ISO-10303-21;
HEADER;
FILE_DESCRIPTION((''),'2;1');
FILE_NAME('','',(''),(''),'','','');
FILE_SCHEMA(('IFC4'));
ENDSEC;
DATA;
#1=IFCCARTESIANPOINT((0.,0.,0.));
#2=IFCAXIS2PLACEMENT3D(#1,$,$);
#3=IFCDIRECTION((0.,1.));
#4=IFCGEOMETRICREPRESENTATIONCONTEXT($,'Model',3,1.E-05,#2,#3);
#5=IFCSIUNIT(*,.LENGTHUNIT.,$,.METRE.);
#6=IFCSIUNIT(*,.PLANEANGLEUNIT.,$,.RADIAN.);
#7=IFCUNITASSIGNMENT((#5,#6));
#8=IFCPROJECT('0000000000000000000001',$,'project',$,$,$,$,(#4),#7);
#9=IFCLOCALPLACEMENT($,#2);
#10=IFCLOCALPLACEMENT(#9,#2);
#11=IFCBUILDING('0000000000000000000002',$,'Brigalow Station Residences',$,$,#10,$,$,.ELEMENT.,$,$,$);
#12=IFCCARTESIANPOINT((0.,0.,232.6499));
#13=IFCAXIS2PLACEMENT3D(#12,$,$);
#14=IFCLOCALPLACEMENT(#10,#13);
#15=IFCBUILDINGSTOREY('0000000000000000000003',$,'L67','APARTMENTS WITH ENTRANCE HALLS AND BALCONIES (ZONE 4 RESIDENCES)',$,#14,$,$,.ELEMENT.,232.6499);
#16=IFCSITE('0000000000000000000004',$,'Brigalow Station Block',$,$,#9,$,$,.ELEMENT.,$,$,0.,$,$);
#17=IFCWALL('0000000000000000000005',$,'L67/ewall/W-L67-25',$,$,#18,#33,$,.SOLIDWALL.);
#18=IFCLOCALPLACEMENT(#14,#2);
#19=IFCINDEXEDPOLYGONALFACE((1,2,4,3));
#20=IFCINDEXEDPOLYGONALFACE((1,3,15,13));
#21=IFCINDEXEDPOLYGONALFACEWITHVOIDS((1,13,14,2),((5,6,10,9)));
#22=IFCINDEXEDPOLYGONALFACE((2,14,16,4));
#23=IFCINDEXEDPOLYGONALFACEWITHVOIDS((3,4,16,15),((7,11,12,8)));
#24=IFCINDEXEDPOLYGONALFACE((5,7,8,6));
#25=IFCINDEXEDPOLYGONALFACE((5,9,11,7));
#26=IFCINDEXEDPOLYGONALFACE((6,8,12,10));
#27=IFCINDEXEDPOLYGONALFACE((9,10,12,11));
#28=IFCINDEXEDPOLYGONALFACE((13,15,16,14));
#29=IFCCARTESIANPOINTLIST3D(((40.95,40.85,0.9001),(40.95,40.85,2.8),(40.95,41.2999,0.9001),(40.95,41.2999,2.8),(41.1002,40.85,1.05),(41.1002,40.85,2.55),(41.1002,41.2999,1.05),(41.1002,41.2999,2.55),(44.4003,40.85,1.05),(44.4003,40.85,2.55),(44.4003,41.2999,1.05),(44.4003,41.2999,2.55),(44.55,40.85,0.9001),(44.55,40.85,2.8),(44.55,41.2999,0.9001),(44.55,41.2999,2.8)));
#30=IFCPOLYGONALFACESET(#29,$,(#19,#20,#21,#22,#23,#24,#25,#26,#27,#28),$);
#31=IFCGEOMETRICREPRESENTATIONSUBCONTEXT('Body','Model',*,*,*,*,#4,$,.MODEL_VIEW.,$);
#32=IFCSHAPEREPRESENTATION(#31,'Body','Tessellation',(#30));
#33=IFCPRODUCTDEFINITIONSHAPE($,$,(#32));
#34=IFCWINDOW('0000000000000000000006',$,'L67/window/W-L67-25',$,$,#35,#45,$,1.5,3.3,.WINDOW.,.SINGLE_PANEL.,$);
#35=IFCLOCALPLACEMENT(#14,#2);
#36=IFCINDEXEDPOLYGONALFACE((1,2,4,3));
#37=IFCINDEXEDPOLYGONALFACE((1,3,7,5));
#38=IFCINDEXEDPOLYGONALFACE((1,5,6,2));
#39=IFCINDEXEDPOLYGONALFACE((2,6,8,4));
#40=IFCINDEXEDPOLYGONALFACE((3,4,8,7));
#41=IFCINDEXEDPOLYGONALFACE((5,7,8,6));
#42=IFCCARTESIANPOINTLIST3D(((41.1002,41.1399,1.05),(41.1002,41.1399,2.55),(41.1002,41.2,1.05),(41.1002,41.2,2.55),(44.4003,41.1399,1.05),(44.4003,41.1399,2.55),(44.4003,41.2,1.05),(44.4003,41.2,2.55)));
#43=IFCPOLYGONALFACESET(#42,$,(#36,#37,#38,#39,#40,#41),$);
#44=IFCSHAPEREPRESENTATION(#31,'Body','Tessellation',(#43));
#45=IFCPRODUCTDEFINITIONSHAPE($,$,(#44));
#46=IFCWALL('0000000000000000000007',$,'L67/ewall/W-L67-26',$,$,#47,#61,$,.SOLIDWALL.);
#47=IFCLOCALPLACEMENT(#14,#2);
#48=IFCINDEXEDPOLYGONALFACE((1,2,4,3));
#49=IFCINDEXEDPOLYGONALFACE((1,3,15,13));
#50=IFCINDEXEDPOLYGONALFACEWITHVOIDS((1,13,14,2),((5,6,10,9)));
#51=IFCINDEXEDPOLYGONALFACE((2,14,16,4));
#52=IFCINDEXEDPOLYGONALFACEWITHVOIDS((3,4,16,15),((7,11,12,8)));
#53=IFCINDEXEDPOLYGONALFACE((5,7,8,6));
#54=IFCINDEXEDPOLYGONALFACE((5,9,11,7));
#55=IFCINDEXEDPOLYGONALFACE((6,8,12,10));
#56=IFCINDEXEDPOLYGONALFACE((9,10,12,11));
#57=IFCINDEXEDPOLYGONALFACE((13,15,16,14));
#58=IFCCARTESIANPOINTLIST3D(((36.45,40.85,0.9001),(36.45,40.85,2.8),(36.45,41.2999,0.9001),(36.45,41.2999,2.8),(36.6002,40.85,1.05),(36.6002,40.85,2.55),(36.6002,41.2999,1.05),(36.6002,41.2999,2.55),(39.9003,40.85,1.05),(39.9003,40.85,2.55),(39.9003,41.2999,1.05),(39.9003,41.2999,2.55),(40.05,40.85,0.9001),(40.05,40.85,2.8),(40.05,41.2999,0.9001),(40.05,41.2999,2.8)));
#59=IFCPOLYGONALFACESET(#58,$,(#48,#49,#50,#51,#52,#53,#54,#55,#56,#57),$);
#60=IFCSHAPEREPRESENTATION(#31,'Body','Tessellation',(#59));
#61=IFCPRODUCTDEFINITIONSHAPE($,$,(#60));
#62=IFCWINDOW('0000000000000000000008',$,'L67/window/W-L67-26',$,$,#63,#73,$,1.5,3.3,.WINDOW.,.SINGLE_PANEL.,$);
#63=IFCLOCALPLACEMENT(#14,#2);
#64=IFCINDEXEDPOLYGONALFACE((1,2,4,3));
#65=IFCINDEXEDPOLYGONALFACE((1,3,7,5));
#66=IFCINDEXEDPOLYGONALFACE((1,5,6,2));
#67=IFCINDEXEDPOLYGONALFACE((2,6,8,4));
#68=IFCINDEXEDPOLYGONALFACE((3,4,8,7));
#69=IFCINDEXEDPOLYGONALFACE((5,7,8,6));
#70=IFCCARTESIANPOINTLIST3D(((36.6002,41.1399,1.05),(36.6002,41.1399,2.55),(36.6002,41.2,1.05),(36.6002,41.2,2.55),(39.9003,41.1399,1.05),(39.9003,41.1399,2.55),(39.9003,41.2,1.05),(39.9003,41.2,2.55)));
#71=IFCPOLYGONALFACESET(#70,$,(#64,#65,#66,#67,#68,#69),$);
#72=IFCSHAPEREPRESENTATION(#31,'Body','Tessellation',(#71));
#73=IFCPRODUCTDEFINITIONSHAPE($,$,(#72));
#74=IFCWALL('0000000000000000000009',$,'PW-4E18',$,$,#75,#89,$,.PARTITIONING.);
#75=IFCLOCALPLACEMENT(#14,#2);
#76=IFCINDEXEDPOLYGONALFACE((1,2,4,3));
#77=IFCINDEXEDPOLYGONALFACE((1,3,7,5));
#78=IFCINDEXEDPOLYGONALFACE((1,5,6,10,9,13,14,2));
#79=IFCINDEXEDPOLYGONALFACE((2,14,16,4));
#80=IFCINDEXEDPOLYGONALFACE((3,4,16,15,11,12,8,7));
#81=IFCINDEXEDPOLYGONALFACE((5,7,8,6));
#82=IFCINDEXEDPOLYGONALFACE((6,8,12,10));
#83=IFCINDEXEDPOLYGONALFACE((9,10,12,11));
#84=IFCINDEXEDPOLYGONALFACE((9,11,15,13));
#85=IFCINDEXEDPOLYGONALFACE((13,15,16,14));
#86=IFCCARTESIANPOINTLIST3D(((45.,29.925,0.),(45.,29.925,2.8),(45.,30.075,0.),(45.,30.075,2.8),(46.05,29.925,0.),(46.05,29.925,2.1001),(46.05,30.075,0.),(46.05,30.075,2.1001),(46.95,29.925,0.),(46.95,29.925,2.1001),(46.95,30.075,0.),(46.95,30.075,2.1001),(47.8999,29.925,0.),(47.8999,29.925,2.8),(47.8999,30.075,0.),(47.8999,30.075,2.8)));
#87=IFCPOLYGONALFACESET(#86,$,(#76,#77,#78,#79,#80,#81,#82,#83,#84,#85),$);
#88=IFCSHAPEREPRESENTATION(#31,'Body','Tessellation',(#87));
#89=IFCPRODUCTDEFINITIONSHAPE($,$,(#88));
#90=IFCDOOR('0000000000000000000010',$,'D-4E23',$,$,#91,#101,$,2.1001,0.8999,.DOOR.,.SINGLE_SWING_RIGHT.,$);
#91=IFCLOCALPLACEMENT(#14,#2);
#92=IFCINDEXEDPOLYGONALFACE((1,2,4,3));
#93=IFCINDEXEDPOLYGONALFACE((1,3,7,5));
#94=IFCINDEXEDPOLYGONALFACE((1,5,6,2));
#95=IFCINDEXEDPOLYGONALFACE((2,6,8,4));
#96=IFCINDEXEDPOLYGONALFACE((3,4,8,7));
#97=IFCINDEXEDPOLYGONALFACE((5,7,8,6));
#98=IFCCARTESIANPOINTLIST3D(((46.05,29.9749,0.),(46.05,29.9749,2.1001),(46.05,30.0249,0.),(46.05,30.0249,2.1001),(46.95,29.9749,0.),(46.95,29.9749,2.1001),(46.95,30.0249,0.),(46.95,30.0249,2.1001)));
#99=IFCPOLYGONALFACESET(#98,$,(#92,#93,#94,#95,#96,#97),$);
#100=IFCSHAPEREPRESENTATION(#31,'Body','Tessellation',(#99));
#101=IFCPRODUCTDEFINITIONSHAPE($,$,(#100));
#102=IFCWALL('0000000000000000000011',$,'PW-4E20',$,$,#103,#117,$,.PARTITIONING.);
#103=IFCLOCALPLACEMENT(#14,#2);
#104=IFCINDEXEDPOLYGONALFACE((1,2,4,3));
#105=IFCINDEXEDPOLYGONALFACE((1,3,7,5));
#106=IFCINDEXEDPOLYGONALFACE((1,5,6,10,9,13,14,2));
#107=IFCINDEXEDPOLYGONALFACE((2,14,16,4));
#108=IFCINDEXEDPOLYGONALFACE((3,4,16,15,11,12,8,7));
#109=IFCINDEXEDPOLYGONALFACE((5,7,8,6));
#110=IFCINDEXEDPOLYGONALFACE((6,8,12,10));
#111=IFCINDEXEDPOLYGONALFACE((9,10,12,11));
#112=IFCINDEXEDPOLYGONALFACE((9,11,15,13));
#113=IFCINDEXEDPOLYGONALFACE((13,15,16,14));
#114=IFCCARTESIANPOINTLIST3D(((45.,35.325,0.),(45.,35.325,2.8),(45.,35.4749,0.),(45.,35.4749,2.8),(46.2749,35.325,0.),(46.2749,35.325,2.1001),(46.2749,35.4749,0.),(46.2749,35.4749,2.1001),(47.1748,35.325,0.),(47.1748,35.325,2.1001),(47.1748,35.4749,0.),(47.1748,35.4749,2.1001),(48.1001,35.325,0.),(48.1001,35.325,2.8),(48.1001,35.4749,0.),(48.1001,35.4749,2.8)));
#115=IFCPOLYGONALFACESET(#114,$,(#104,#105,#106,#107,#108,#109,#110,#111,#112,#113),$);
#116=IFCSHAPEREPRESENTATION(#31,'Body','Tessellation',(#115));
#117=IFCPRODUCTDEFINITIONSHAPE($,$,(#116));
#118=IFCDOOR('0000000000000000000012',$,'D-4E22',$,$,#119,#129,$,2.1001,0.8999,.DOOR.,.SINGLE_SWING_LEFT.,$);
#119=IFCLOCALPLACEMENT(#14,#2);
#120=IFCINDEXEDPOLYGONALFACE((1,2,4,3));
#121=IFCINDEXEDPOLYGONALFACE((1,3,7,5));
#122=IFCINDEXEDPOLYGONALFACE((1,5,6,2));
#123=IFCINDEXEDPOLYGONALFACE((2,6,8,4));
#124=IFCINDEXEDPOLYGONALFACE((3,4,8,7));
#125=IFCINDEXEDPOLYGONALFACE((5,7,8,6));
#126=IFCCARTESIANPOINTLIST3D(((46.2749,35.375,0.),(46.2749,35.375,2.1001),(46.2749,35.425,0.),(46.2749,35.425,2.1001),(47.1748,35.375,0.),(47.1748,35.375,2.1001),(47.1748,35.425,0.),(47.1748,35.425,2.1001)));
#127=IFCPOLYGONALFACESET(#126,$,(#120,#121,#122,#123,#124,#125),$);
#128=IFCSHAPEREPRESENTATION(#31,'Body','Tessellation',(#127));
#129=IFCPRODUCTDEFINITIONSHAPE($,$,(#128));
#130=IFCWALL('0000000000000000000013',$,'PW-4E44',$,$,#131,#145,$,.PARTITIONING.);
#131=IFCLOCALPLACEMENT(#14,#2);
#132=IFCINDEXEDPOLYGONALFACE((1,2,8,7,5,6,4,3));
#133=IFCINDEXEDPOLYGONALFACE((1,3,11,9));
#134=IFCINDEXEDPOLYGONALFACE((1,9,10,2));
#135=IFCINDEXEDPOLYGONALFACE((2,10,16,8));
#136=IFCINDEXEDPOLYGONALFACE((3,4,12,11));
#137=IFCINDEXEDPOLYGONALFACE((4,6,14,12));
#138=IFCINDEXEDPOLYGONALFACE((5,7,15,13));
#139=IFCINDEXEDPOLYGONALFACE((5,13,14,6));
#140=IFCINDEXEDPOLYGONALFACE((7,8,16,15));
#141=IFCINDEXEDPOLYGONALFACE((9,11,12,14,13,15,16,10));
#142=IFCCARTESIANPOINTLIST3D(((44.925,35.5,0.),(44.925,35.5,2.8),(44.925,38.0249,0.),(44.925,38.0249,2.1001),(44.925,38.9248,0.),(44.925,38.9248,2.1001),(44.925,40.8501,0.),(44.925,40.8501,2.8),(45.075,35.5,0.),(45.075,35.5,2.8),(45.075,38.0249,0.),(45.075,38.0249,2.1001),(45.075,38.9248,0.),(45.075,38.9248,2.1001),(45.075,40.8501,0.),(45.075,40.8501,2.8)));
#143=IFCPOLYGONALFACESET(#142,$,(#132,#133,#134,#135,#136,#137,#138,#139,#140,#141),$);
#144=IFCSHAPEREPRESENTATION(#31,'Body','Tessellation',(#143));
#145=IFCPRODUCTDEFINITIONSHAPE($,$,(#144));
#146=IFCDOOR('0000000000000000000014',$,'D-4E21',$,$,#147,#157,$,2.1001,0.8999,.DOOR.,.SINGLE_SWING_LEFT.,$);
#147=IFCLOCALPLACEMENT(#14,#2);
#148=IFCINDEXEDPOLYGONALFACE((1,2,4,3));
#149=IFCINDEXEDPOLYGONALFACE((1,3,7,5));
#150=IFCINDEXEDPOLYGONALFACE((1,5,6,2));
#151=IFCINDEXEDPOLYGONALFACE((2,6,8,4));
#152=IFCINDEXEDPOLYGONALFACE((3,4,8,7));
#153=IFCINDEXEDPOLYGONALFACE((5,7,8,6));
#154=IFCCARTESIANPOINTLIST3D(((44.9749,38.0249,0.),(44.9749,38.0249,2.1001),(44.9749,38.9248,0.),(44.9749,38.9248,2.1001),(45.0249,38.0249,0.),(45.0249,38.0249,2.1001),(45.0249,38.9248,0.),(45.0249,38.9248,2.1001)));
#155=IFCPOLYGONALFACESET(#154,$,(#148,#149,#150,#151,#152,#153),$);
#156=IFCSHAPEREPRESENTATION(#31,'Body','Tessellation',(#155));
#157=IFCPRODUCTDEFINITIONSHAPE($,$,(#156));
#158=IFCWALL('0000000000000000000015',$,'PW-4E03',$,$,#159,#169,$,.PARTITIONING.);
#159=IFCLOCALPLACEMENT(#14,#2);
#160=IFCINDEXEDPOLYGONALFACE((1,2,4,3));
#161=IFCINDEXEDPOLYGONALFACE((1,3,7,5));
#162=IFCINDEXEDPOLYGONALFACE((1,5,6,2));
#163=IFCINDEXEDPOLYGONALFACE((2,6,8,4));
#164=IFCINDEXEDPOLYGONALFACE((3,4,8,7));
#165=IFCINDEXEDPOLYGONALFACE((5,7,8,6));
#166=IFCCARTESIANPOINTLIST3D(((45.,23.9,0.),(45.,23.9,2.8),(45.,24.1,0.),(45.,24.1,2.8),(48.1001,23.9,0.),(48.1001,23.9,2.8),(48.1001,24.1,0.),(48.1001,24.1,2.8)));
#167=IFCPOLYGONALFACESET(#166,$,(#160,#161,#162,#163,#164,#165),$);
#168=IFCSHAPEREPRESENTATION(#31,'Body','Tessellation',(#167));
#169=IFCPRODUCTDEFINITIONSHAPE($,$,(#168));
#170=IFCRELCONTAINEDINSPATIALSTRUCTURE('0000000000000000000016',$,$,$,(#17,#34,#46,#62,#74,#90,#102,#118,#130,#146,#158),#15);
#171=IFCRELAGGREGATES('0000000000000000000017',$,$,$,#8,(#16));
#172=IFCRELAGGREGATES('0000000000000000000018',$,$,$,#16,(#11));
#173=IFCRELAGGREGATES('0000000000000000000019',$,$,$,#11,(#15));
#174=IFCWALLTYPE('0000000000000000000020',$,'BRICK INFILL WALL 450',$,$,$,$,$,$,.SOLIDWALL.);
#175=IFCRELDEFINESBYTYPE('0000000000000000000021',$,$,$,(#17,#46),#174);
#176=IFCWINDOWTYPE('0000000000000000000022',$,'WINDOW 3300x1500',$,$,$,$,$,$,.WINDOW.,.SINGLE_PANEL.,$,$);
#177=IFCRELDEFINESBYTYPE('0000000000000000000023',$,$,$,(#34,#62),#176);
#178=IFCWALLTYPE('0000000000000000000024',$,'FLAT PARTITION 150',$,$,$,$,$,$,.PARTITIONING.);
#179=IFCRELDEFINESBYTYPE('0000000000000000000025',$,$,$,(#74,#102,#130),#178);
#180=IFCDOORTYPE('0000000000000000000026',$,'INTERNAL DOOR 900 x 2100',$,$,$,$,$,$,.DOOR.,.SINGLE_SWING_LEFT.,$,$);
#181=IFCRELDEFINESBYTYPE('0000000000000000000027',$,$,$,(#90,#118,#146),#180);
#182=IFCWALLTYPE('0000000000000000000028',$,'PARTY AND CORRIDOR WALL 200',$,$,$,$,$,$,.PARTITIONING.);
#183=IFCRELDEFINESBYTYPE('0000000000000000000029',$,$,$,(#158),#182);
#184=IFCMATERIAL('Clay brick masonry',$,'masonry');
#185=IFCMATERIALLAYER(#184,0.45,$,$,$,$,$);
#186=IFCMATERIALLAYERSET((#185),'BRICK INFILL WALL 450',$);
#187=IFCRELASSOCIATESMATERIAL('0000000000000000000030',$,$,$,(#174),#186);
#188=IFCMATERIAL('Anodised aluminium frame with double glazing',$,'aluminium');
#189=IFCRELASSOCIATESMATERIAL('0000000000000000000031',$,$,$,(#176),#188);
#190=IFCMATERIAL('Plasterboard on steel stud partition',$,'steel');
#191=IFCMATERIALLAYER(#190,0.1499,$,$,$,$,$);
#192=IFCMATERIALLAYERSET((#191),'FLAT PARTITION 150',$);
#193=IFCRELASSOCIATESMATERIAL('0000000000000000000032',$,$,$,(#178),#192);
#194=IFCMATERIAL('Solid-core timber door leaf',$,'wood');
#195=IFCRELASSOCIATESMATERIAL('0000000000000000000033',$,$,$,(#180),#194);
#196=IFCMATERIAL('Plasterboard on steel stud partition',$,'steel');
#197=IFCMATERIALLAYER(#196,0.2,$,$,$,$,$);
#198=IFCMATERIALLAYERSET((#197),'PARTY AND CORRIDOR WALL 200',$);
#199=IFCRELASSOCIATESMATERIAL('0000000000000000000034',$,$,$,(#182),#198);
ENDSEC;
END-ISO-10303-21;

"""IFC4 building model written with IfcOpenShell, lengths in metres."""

from ifc_helpers import new_model, si_unit, direction, frame, frame_2d, origin, place, context, subcontext, project, spatial, rectangle, extrude, material, layer, layer_set, type_object, element, fill, save


model = new_model("IFC4")

# Units and contexts
model_context = context("Model", 3, precision=1e-05, world=origin(), true_north=direction((0.0, 1.0)))
body_context = subcontext(model_context, "Body", "Model", "MODEL_VIEW")
ifc_project = project(units=[si_unit("LENGTHUNIT", "METRE"), si_unit("PLANEANGLEUNIT", "RADIAN")], contexts=[model_context])

# Site, building, storey
site_placement = place(None, origin())
site = spatial("IfcSite", under=ifc_project, at=site_placement, Name="Brigalow Station Block", CompositionType="ELEMENT", RefElevation=0.0)
building_placement = place(site_placement, origin())
building = spatial("IfcBuilding", under=site, at=building_placement, Name="Brigalow Station Residences", CompositionType="ELEMENT")
storey_placement = place(building_placement, frame((0.0, 0.0, 232.6499)))
storey = spatial("IfcBuildingStorey", under=building, at=storey_placement, Name="L67", Description="APARTMENTS WITH ENTRANCE HALLS AND BALCONIES (ZONE 4 RESIDENCES)", CompositionType="ELEMENT", Elevation=232.6499)

# Walls, openings, windows
ifc_material_1 = material(Name="Clay brick masonry", Category="masonry")
ifc_layer_1 = layer(ifc_material_1, 0.45)
ifc_layer_set_1 = layer_set([ifc_layer_1], Name="BRICK INFILL WALL 450")
wall_type_1 = type_object("IfcWallType", Name="BRICK INFILL WALL 450", PredefinedType="SOLIDWALL", material=ifc_layer_set_1)
wall_1_placement = place(storey_placement, frame((44.55, 41.075, 0.9001), z_axis=(0.0, 0.0, 1.0), x_axis=(-1.0, 0.0, 0.0)))
wall_1 = element("IfcWall", 1, at=wall_1_placement, inside=storey, type_object=wall_type_1, Name="L67/ewall/W-L67-25", PredefinedType="SOLIDWALL", context=body_context, shape_type="SweptSolid", body=[
    extrude(rectangle(XDim=3.6001, YDim=0.45, at=frame_2d((1.8, 0.0))), origin(), (0.0, 0.0, 1.0), 1.8999),
])
opening_1_placement = place(wall_1_placement, frame((0.1499, 0.0, 0.1499)))
opening_1 = element("IfcOpeningElement", 2, at=opening_1_placement, cuts=wall_1, PredefinedType="OPENING", context=body_context, shape_type="SweptSolid", body=[
    extrude(rectangle(XDim=3.3, YDim=1.5, at=frame_2d((1.6499, 0.75))), frame((0.0, 0.2349, 0.0), z_axis=(0.0, -1.0, 0.0), x_axis=(1.0, 0.0, 0.0)), (0.0, 0.0, 1.0), 0.47),
])
ifc_material_2 = material(Name="Anodised aluminium frame with double glazing", Category="aluminium")
window_type = type_object("IfcWindowType", Name="WINDOW 3300x1500", PartitioningType="SINGLE_PANEL", PredefinedType="WINDOW", material=ifc_material_2)
window_1_placement = place(opening_1_placement, origin())
window_1 = element("IfcWindow", 3, at=window_1_placement, inside=storey, type_object=window_type, Name="L67/window/W-L67-25", OverallHeight=1.5, OverallWidth=3.3, PartitioningType="SINGLE_PANEL", PredefinedType="WINDOW", context=body_context, shape_type="SweptSolid", body=[
    extrude(rectangle(XDim=3.3, YDim=1.5, at=frame_2d((1.6499, 0.75))), frame((0.0, -0.0649, 0.0), z_axis=(0.0, -1.0, 0.0), x_axis=(1.0, 0.0, 0.0)), (0.0, 0.0, 1.0), 0.0601),
])
fill(opening_1, window_1)
wall_2_placement = place(storey_placement, frame((40.05, 41.075, 0.9001), z_axis=(0.0, 0.0, 1.0), x_axis=(-1.0, 0.0, 0.0)))
wall_2 = element("IfcWall", 4, at=wall_2_placement, inside=storey, type_object=wall_type_1, Name="L67/ewall/W-L67-26", PredefinedType="SOLIDWALL", context=body_context, shape_type="SweptSolid", body=[
    extrude(rectangle(XDim=3.6001, YDim=0.45, at=frame_2d((1.8, 0.0))), origin(), (0.0, 0.0, 1.0), 1.8999),
])
opening_2_placement = place(wall_2_placement, frame((0.1499, 0.0, 0.1499)))
opening_2 = element("IfcOpeningElement", 5, at=opening_2_placement, cuts=wall_2, PredefinedType="OPENING", context=body_context, shape_type="SweptSolid", body=[
    extrude(rectangle(XDim=3.3, YDim=1.5, at=frame_2d((1.6499, 0.75))), frame((0.0, 0.2349, 0.0), z_axis=(0.0, -1.0, 0.0), x_axis=(1.0, 0.0, 0.0)), (0.0, 0.0, 1.0), 0.47),
])
window_2_placement = place(opening_2_placement, origin())
window_2 = element("IfcWindow", 6, at=window_2_placement, inside=storey, type_object=window_type, Name="L67/window/W-L67-26", OverallHeight=1.5, OverallWidth=3.3, PartitioningType="SINGLE_PANEL", PredefinedType="WINDOW", context=body_context, shape_type="SweptSolid", body=[
    extrude(rectangle(XDim=3.3, YDim=1.5, at=frame_2d((1.6499, 0.75))), frame((0.0, -0.0649, 0.0), z_axis=(0.0, -1.0, 0.0), x_axis=(1.0, 0.0, 0.0)), (0.0, 0.0, 1.0), 0.0601),
])
fill(opening_2, window_2)

# Walls, openings, doors
ifc_material_3 = material(Name="Plasterboard on steel stud partition", Category="steel")
ifc_layer_2 = layer(ifc_material_3, 0.1499)
ifc_layer_set_2 = layer_set([ifc_layer_2], Name="FLAT PARTITION 150")
wall_type_2 = type_object("IfcWallType", Name="FLAT PARTITION 150", PredefinedType="PARTITIONING", material=ifc_layer_set_2)
wall_3_placement = place(storey_placement, frame((45.0, 30.0, 0.0), z_axis=(0.0, 0.0, 1.0), x_axis=(1.0, 0.0, 0.0)))
wall_3 = element("IfcWall", 7, at=wall_3_placement, inside=storey, type_object=wall_type_2, Name="PW-4E18", PredefinedType="PARTITIONING", context=body_context, shape_type="SweptSolid", body=[
    extrude(rectangle(XDim=2.8999, YDim=0.1499, at=frame_2d((1.45, 0.0))), origin(), (0.0, 0.0, 1.0), 2.8),
])
opening_3_placement = place(wall_3_placement, frame((1.05, 0.0, 0.0)))
opening_3 = element("IfcOpeningElement", 8, at=opening_3_placement, cuts=wall_3, PredefinedType="OPENING", context=body_context, shape_type="SweptSolid", body=[
    extrude(rectangle(XDim=0.8999, YDim=2.1001, at=frame_2d((0.45, 1.05))), frame((0.0, 0.085, 0.0), z_axis=(0.0, -1.0, 0.0), x_axis=(1.0, 0.0, 0.0)), (0.0, 0.0, 1.0), 0.1699),
])
ifc_material_4 = material(Name="Solid-core timber door leaf", Category="wood")
door_type = type_object("IfcDoorType", Name="INTERNAL DOOR 900 x 2100", OperationType="SINGLE_SWING_LEFT", PredefinedType="DOOR", material=ifc_material_4)
door_1_placement = place(opening_3_placement, origin())
door_1 = element("IfcDoor", 9, at=door_1_placement, inside=storey, type_object=door_type, Name="D-4E23", OperationType="SINGLE_SWING_RIGHT", OverallHeight=2.1001, OverallWidth=0.8999, PredefinedType="DOOR", context=body_context, shape_type="SweptSolid", body=[
    extrude(rectangle(XDim=0.8999, YDim=2.1001, at=frame_2d((0.45, 1.05))), frame((0.0, 0.0249, 0.0), z_axis=(0.0, -1.0, 0.0), x_axis=(1.0, 0.0, 0.0)), (0.0, 0.0, 1.0), 0.05),
])
fill(opening_3, door_1)
wall_4_placement = place(storey_placement, frame((45.0, 35.3999, 0.0), z_axis=(0.0, 0.0, 1.0), x_axis=(1.0, 0.0, 0.0)))
wall_4 = element("IfcWall", 10, at=wall_4_placement, inside=storey, type_object=wall_type_2, Name="PW-4E20", PredefinedType="PARTITIONING", context=body_context, shape_type="SweptSolid", body=[
    extrude(rectangle(XDim=3.1001, YDim=0.1499, at=frame_2d((1.55, 0.0))), origin(), (0.0, 0.0, 1.0), 2.8),
])
opening_4_placement = place(wall_4_placement, frame((1.2749, 0.0, 0.0)))
opening_4 = element("IfcOpeningElement", 11, at=opening_4_placement, cuts=wall_4, PredefinedType="OPENING", context=body_context, shape_type="SweptSolid", body=[
    extrude(rectangle(XDim=0.8999, YDim=2.1001, at=frame_2d((0.45, 1.05))), frame((0.0, 0.085, 0.0), z_axis=(0.0, -1.0, 0.0), x_axis=(1.0, 0.0, 0.0)), (0.0, 0.0, 1.0), 0.1699),
])
door_2_placement = place(opening_4_placement, frame((0.8999, 0.0, 0.0), z_axis=(0.0, 0.0, 1.0), x_axis=(-1.0, 0.0, 0.0)))
door_2 = element("IfcDoor", 12, at=door_2_placement, inside=storey, type_object=door_type, Name="D-4E22", OperationType="SINGLE_SWING_LEFT", OverallHeight=2.1001, OverallWidth=0.8999, PredefinedType="DOOR", context=body_context, shape_type="SweptSolid", body=[
    extrude(rectangle(XDim=0.8999, YDim=2.1001, at=frame_2d((0.45, 1.05))), frame((0.0, 0.0249, 0.0), z_axis=(0.0, -1.0, 0.0), x_axis=(1.0, 0.0, 0.0)), (0.0, 0.0, 1.0), 0.05),
])
fill(opening_4, door_2)
wall_5_placement = place(storey_placement, frame((45.0, 35.5, 0.0), z_axis=(0.0, 0.0, 1.0), x_axis=(0.0, 1.0, 0.0)))
wall_5 = element("IfcWall", 13, at=wall_5_placement, inside=storey, type_object=wall_type_2, Name="PW-4E44", PredefinedType="PARTITIONING", context=body_context, shape_type="SweptSolid", body=[
    extrude(rectangle(XDim=5.3501, YDim=0.1499, at=frame_2d((2.675, 0.0))), origin(), (0.0, 0.0, 1.0), 2.8),
])
opening_5_placement = place(wall_5_placement, frame((2.5249, 0.0, 0.0)))
opening_5 = element("IfcOpeningElement", 14, at=opening_5_placement, cuts=wall_5, PredefinedType="OPENING", context=body_context, shape_type="SweptSolid", body=[
    extrude(rectangle(XDim=0.8999, YDim=2.1001, at=frame_2d((0.45, 1.05))), frame((0.0, 0.085, 0.0), z_axis=(0.0, -1.0, 0.0), x_axis=(1.0, 0.0, 0.0)), (0.0, 0.0, 1.0), 0.1699),
])
door_3_placement = place(opening_5_placement, frame((0.8999, 0.0, 0.0), z_axis=(0.0, 0.0, 1.0), x_axis=(-1.0, 0.0, 0.0)))
door_3 = element("IfcDoor", 15, at=door_3_placement, inside=storey, type_object=door_type, Name="D-4E21", OperationType="SINGLE_SWING_LEFT", OverallHeight=2.1001, OverallWidth=0.8999, PredefinedType="DOOR", context=body_context, shape_type="SweptSolid", body=[
    extrude(rectangle(XDim=0.8999, YDim=2.1001, at=frame_2d((0.45, 1.05))), frame((0.0, 0.0249, 0.0), z_axis=(0.0, -1.0, 0.0), x_axis=(1.0, 0.0, 0.0)), (0.0, 0.0, 1.0), 0.05),
])
fill(opening_5, door_3)

# Wall
ifc_material_5 = material(Name="Plasterboard on steel stud partition", Category="steel")
ifc_layer_3 = layer(ifc_material_5, 0.2)
ifc_layer_set_3 = layer_set([ifc_layer_3], Name="PARTY AND CORRIDOR WALL 200")
wall_type_3 = type_object("IfcWallType", Name="PARTY AND CORRIDOR WALL 200", PredefinedType="PARTITIONING", material=ifc_layer_set_3)
wall_6_placement = place(storey_placement, frame((45.0, 24.0, 0.0), z_axis=(0.0, 0.0, 1.0), x_axis=(1.0, 0.0, 0.0)))
element("IfcWall", 16, at=wall_6_placement, inside=storey, type_object=wall_type_3, Name="PW-4E03", PredefinedType="PARTITIONING", context=body_context, shape_type="SweptSolid", body=[
    extrude(rectangle(XDim=3.1001, YDim=0.2, at=frame_2d((1.55, 0.0))), origin(), (0.0, 0.0, 1.0), 2.8),
])

save(model, "model.ifc")
